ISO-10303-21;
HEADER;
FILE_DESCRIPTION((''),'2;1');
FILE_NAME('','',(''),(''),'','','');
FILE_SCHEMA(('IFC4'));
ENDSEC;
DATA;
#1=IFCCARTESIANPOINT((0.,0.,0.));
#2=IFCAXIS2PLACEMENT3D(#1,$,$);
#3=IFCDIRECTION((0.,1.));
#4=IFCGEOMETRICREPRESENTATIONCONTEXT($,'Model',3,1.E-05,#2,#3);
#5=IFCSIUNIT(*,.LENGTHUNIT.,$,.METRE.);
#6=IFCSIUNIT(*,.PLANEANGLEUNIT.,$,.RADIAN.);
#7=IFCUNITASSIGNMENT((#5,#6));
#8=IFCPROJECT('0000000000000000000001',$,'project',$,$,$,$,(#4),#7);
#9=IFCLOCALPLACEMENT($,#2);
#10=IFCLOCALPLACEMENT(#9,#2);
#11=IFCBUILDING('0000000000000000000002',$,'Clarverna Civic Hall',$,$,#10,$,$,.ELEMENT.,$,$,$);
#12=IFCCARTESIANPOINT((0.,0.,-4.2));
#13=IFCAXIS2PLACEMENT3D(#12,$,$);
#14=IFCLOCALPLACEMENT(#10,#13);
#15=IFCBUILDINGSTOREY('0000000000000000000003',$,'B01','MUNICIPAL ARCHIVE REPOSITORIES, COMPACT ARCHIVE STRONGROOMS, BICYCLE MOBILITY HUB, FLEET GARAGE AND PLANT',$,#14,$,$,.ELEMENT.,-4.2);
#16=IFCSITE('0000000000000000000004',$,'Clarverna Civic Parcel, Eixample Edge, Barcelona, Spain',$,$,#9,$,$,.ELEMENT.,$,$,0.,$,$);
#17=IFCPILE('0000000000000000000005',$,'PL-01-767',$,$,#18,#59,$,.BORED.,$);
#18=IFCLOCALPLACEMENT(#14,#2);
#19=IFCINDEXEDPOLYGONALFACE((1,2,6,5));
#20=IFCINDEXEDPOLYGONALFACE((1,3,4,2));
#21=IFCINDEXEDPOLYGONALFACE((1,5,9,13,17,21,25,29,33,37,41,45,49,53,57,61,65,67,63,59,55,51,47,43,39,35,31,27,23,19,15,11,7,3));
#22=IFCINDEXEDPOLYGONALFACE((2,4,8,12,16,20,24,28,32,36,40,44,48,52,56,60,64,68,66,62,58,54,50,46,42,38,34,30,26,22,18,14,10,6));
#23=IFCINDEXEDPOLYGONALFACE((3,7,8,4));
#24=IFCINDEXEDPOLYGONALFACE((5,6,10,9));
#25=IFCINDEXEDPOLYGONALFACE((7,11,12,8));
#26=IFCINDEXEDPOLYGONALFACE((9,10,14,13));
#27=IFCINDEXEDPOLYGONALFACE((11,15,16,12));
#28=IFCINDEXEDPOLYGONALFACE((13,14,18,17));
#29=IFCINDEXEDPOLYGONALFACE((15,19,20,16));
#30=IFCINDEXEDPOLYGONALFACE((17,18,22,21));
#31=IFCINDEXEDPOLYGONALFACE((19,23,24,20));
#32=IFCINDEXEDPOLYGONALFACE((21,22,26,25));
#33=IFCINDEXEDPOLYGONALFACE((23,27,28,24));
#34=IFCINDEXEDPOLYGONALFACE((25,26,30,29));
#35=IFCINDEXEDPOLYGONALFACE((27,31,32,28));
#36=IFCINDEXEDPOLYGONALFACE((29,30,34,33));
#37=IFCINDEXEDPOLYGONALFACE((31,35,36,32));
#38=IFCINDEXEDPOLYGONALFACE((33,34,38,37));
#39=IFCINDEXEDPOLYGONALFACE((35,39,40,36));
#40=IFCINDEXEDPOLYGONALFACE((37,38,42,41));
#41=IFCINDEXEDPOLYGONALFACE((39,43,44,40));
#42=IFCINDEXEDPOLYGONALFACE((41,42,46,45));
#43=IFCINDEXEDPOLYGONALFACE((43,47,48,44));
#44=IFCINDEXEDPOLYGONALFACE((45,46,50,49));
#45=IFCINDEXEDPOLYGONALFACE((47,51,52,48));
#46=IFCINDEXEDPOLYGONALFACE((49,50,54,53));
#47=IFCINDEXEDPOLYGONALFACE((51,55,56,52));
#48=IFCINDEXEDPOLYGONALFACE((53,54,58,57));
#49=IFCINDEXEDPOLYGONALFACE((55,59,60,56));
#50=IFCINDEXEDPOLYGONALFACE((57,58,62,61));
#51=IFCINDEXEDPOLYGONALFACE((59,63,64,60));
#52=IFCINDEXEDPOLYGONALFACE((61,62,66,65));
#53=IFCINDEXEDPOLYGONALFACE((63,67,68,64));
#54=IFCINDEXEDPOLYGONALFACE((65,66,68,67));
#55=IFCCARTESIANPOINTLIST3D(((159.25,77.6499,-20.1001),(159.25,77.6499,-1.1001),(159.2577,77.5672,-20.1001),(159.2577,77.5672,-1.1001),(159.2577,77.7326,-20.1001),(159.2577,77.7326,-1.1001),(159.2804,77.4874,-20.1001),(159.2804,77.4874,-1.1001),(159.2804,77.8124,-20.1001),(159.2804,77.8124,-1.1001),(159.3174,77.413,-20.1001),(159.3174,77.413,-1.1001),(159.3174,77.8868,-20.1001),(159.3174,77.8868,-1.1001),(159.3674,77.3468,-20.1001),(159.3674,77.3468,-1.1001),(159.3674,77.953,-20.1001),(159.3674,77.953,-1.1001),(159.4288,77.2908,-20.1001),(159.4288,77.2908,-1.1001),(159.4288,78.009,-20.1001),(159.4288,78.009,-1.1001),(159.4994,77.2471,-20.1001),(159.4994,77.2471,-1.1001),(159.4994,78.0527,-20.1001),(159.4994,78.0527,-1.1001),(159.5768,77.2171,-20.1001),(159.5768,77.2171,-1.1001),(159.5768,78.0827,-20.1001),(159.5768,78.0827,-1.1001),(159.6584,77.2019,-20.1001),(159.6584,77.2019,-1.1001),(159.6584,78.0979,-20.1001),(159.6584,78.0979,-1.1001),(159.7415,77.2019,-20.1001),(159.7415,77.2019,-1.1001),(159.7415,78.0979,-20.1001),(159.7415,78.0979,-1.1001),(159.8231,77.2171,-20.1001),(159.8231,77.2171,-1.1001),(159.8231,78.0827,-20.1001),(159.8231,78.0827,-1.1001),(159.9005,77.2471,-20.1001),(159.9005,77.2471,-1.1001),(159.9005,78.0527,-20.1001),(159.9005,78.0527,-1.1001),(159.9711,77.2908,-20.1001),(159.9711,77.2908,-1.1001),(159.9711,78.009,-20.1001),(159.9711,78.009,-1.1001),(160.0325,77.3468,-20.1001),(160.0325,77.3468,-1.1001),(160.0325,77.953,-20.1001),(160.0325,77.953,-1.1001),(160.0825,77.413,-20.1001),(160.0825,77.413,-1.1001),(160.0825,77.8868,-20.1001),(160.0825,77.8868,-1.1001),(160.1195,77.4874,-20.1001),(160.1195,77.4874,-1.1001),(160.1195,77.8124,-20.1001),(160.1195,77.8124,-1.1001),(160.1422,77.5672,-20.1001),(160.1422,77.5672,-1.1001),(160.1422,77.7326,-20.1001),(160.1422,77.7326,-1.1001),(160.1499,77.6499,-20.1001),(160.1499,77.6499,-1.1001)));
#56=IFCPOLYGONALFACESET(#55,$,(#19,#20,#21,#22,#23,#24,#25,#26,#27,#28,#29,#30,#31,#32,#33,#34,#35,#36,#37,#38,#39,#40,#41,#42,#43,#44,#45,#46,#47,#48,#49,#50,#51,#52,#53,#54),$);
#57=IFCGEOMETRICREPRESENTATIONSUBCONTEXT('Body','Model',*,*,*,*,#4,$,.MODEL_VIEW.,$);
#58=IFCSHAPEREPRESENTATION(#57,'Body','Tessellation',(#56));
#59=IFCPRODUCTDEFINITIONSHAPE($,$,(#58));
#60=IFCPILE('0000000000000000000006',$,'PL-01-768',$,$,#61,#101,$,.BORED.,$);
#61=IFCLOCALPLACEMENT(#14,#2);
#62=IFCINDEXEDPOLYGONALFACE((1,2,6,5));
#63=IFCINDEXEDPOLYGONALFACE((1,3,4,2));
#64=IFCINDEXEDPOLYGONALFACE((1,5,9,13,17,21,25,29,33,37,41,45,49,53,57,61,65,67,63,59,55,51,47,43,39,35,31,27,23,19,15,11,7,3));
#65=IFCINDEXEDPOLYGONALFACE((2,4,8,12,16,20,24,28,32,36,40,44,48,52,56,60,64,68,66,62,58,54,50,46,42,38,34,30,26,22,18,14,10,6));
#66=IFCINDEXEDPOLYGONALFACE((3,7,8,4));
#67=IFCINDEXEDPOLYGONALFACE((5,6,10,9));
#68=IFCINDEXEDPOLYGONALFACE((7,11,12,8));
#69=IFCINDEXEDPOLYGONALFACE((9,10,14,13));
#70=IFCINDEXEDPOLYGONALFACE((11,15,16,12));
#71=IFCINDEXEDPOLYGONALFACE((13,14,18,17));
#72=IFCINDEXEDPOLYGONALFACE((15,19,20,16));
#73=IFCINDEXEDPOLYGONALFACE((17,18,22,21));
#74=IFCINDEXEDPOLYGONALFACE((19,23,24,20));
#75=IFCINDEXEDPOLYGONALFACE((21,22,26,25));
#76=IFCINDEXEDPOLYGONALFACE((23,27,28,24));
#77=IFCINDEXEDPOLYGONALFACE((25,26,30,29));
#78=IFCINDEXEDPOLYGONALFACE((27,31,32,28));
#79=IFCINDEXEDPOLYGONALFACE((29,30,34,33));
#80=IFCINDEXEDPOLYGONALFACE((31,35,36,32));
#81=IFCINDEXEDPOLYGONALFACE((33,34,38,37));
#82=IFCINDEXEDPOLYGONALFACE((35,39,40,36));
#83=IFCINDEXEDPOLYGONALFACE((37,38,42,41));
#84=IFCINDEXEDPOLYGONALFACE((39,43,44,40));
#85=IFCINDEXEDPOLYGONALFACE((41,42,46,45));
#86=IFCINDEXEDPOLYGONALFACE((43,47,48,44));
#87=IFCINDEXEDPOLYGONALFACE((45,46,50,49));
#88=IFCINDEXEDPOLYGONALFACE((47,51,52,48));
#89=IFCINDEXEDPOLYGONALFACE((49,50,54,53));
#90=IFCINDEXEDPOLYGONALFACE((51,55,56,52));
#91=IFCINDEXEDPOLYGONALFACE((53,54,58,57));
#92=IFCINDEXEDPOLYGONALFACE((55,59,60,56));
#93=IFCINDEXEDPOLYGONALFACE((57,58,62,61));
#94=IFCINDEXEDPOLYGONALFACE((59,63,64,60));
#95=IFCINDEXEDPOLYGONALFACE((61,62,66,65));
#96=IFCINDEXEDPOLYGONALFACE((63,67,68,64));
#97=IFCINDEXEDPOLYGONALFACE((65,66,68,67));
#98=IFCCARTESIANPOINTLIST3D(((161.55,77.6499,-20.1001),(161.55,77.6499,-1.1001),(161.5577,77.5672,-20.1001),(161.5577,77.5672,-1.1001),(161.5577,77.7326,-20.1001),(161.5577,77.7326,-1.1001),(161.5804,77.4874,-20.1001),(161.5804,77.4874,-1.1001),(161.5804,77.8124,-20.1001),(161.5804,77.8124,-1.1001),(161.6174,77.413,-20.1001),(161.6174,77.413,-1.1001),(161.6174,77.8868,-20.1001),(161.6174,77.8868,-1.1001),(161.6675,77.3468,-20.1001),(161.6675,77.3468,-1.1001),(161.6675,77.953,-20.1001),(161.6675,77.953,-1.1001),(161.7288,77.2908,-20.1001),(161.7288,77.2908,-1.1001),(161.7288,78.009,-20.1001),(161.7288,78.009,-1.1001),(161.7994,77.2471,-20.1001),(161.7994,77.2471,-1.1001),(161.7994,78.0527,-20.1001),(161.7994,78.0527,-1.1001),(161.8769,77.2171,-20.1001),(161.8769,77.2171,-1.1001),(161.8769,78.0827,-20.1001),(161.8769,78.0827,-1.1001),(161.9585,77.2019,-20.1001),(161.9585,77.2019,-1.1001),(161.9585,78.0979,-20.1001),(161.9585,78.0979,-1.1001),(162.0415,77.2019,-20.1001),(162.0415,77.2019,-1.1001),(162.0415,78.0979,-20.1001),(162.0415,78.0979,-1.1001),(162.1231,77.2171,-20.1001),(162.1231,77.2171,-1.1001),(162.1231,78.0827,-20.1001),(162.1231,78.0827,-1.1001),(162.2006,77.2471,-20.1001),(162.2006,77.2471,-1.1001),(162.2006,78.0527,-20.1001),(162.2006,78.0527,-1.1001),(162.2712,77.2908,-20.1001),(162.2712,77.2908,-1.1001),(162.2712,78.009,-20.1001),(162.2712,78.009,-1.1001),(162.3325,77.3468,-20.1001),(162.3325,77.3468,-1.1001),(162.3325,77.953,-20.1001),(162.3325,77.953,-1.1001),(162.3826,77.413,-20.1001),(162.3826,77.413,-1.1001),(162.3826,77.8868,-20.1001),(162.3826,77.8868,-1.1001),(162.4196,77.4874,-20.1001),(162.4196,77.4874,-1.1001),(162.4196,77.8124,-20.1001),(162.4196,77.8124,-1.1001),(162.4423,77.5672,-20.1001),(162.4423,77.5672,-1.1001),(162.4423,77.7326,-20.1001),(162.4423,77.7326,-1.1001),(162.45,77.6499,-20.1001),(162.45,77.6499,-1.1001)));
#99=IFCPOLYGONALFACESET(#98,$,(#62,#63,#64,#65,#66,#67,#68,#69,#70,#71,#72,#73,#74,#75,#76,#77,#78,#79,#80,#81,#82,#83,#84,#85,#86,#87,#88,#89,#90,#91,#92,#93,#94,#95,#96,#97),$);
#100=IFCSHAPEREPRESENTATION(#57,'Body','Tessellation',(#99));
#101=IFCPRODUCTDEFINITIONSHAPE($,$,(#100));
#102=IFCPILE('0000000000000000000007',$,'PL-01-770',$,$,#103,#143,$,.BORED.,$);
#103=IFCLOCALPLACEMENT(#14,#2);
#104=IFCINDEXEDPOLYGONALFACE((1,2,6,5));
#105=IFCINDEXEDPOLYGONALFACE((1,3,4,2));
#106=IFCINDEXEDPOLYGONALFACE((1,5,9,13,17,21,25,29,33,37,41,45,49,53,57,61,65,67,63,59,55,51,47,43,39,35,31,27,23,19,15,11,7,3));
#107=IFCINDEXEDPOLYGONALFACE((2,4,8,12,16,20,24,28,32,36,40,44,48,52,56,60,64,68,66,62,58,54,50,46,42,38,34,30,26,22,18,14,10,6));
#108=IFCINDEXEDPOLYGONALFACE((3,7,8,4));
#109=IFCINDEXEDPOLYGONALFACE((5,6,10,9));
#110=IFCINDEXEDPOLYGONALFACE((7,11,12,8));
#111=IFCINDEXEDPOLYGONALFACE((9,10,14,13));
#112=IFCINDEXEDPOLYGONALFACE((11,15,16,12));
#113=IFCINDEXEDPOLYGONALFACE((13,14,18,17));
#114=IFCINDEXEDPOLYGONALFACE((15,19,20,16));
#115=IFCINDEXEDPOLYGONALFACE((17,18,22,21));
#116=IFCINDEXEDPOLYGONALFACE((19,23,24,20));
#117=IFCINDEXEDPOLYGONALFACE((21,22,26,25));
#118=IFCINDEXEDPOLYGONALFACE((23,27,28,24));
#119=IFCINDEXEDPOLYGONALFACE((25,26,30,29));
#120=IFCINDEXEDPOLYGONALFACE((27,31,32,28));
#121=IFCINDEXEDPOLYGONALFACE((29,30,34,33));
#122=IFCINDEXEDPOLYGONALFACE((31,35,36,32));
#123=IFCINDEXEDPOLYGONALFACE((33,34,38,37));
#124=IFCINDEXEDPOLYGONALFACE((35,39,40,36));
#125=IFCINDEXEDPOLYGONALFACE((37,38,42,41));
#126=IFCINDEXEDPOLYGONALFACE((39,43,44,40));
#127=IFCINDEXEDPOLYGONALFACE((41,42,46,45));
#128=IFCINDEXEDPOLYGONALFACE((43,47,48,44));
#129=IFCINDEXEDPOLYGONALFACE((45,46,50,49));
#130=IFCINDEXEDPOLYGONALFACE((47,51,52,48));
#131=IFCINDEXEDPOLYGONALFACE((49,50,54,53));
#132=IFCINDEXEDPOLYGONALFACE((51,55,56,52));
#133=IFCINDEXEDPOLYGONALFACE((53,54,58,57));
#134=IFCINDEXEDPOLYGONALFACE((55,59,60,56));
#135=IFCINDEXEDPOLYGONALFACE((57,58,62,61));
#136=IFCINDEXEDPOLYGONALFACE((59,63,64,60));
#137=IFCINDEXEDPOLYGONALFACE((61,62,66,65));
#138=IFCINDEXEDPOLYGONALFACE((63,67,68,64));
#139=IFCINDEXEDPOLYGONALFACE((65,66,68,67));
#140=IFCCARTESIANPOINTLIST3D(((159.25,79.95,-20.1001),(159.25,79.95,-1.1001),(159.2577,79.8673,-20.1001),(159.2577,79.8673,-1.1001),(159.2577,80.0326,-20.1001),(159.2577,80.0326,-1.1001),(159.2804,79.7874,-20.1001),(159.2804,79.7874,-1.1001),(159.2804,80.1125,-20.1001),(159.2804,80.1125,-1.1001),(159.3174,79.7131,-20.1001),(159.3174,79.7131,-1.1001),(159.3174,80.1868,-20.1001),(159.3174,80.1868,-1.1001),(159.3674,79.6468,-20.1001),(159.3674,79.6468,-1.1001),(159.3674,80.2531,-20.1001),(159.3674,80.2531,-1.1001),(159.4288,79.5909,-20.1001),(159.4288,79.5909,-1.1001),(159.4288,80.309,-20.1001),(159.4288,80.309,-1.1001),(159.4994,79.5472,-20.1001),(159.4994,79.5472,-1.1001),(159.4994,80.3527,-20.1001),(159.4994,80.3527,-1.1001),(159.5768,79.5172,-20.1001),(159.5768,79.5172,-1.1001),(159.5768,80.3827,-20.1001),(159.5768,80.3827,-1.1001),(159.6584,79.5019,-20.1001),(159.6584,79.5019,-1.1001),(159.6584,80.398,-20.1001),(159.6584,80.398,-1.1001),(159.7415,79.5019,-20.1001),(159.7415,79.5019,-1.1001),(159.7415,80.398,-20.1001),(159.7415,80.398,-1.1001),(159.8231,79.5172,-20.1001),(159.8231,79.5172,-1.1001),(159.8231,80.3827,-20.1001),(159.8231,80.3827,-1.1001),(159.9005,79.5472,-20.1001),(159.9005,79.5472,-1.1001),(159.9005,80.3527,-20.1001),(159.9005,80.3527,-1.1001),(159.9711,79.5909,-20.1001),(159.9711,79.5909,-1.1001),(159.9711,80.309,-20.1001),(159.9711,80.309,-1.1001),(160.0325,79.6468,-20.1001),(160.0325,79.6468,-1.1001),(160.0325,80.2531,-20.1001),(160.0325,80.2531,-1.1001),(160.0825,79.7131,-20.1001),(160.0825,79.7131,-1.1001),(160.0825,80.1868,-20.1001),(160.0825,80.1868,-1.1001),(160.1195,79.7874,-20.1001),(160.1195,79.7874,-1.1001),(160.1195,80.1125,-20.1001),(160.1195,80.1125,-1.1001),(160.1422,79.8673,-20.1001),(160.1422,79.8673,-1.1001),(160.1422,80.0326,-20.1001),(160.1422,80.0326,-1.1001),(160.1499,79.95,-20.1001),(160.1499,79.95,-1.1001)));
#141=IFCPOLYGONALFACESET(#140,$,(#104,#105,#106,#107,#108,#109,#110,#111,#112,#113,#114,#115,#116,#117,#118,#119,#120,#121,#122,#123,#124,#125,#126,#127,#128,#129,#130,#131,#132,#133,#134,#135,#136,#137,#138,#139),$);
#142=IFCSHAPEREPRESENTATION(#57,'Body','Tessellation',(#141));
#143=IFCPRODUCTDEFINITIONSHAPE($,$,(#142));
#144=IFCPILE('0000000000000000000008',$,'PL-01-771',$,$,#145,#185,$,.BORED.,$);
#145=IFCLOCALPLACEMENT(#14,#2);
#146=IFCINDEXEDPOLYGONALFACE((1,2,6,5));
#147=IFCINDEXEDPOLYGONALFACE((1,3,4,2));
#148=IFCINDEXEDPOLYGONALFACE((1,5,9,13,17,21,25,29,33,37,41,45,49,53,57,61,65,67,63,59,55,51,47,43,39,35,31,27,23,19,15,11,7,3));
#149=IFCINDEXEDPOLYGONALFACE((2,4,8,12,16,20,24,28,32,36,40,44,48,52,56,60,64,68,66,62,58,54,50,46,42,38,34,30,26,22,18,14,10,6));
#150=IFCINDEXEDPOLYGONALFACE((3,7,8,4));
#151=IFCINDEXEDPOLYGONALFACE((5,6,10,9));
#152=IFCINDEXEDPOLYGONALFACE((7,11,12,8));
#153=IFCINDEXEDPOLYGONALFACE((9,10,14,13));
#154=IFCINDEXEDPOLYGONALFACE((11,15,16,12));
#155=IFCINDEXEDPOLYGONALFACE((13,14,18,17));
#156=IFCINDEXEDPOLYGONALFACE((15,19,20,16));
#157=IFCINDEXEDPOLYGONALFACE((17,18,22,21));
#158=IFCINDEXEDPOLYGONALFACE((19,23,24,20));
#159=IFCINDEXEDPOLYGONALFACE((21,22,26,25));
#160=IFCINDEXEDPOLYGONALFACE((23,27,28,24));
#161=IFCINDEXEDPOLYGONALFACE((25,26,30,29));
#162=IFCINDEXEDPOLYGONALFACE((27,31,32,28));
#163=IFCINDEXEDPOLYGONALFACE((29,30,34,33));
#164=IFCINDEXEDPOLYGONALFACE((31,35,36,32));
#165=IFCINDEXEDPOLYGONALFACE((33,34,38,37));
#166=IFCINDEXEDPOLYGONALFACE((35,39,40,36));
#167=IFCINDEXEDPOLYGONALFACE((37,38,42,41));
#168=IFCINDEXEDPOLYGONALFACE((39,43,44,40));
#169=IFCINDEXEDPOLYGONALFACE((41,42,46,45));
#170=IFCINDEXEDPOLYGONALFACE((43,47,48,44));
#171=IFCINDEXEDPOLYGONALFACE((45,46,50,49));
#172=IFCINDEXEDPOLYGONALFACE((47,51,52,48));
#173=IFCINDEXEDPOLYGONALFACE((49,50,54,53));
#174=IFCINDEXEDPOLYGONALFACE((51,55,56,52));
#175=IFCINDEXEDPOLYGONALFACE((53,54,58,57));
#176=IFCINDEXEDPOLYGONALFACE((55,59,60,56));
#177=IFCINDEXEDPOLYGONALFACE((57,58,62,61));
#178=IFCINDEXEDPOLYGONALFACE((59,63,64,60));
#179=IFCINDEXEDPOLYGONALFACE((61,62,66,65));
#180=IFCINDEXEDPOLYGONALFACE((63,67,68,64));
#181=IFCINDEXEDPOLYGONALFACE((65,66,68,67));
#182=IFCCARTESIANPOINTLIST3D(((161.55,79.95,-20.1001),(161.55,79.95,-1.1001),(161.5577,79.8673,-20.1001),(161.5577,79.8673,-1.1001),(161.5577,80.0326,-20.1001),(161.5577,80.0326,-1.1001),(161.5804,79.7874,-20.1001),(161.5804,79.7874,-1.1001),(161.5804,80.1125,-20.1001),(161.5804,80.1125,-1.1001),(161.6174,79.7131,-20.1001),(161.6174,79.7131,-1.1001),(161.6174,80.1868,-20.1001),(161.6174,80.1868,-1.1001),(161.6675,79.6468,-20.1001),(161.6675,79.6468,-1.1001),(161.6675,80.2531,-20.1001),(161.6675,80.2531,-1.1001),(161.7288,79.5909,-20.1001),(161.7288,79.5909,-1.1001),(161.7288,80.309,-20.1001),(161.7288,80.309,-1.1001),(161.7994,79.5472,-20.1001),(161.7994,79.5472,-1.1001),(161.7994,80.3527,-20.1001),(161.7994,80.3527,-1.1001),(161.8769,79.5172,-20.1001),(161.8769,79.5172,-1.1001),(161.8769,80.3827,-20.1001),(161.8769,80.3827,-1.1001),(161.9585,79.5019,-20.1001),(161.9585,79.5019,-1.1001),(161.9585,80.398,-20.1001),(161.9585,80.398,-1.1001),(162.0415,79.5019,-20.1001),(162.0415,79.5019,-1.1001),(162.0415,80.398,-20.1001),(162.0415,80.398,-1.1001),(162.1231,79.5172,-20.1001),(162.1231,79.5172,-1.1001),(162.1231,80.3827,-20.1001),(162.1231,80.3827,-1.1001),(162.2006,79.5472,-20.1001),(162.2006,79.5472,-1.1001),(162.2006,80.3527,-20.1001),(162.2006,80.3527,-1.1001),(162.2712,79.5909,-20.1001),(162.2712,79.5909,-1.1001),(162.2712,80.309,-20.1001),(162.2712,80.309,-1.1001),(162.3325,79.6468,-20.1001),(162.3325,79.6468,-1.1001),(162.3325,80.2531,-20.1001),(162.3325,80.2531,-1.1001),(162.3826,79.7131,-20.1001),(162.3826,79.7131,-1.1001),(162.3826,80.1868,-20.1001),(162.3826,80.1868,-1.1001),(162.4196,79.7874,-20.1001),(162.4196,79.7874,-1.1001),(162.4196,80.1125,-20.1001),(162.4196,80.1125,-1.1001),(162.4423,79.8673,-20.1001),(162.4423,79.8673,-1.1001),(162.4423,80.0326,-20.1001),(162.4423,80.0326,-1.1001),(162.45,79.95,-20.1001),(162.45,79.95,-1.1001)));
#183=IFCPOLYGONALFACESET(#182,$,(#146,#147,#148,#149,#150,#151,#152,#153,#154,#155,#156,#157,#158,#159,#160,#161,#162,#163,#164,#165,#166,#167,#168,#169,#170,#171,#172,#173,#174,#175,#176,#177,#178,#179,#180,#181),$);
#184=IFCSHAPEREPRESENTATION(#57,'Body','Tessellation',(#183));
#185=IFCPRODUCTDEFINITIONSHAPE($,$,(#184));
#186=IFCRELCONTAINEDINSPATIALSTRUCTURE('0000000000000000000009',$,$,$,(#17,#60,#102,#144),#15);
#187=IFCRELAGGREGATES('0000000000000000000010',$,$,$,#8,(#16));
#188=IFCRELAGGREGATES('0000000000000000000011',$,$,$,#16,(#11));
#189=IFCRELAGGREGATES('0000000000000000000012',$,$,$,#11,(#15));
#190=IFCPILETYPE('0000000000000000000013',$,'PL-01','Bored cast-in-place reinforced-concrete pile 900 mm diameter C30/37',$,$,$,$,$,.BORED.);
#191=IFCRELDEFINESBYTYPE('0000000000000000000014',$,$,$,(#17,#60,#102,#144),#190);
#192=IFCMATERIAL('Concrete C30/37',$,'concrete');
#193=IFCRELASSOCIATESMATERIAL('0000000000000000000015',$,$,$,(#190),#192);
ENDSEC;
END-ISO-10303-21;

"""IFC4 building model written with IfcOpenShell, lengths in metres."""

from ifc_helpers import new_model, si_unit, direction, frame, origin, origin_2d, place, context, subcontext, project, spatial, circle, extrude, material, material_profile, profile_set, type_object, element, save


model = new_model("IFC4")

# Units and contexts
model_context = context("Model", 3, precision=1e-05, world=origin(), true_north=direction((0.0, 1.0)))
body_context = subcontext(model_context, "Body", "Model", "MODEL_VIEW")
ifc_project = project(units=[si_unit("LENGTHUNIT", "METRE"), si_unit("PLANEANGLEUNIT", "RADIAN")], contexts=[model_context])

# Site, building, storey
site_placement = place(None, origin())
site = spatial("IfcSite", under=ifc_project, at=site_placement, Name="Clarverna Civic Parcel, Eixample Edge, Barcelona, Spain", CompositionType="ELEMENT", RefElevation=0.0)
building_placement = place(site_placement, origin())
building = spatial("IfcBuilding", under=site, at=building_placement, Name="Clarverna Civic Hall", CompositionType="ELEMENT")
storey_placement = place(building_placement, frame((0.0, 0.0, -4.2)))
storey = spatial("IfcBuildingStorey", under=building, at=storey_placement, Name="B01", Description="MUNICIPAL ARCHIVE REPOSITORIES, COMPACT ARCHIVE STRONGROOMS, BICYCLE MOBILITY HUB, FLEET GARAGE AND PLANT", CompositionType="ELEMENT", Elevation=-4.2)

# Shared definitions
ifc_material_1 = material(Name="Concrete C30/37", Category="concrete")

# Piles
ifc_material_profile_1 = material_profile(ifc_material_1, circle(Radius=0.45, at=origin_2d()), Name="BORED PILE D900")
ifc_profile_set_1 = profile_set([ifc_material_profile_1], Name="Concrete C30/37")
pile_type = type_object("IfcPileType", Name="PL-01", Description="Bored cast-in-place reinforced-concrete pile 900 mm diameter C30/37", PredefinedType="BORED", material=ifc_profile_set_1)
for number, where, z_axis, x_axis, name in (
    (1, (159.7, 77.6499, -1.1001), (0.0, 0.0, -1.0), (1.0, 0.0, 0.0), "PL-01-767"),
    (2, (162.0, 77.6499, -1.1001), (0.0, 0.0, -1.0), (1.0, 0.0, 0.0), "PL-01-768"),
    (3, (159.7, 79.95, -1.1001), (0.0, 0.0, -1.0), (1.0, 0.0, 0.0), "PL-01-770"),
    (4, (162.0, 79.95, -1.1001), (0.0, 0.0, -1.0), (1.0, 0.0, 0.0), "PL-01-771"),
):
    element("IfcPile", number, at=place(storey_placement, frame(where, z_axis=z_axis, x_axis=x_axis)), inside=storey, type_object=pile_type, Name=name, PredefinedType="BORED", context=body_context, shape_type="SweptSolid", body=[
        extrude(circle(Radius=0.45, at=origin_2d()), origin(), (0.0, 0.0, 1.0), 19.0),
    ])

save(model, "model.ifc")
